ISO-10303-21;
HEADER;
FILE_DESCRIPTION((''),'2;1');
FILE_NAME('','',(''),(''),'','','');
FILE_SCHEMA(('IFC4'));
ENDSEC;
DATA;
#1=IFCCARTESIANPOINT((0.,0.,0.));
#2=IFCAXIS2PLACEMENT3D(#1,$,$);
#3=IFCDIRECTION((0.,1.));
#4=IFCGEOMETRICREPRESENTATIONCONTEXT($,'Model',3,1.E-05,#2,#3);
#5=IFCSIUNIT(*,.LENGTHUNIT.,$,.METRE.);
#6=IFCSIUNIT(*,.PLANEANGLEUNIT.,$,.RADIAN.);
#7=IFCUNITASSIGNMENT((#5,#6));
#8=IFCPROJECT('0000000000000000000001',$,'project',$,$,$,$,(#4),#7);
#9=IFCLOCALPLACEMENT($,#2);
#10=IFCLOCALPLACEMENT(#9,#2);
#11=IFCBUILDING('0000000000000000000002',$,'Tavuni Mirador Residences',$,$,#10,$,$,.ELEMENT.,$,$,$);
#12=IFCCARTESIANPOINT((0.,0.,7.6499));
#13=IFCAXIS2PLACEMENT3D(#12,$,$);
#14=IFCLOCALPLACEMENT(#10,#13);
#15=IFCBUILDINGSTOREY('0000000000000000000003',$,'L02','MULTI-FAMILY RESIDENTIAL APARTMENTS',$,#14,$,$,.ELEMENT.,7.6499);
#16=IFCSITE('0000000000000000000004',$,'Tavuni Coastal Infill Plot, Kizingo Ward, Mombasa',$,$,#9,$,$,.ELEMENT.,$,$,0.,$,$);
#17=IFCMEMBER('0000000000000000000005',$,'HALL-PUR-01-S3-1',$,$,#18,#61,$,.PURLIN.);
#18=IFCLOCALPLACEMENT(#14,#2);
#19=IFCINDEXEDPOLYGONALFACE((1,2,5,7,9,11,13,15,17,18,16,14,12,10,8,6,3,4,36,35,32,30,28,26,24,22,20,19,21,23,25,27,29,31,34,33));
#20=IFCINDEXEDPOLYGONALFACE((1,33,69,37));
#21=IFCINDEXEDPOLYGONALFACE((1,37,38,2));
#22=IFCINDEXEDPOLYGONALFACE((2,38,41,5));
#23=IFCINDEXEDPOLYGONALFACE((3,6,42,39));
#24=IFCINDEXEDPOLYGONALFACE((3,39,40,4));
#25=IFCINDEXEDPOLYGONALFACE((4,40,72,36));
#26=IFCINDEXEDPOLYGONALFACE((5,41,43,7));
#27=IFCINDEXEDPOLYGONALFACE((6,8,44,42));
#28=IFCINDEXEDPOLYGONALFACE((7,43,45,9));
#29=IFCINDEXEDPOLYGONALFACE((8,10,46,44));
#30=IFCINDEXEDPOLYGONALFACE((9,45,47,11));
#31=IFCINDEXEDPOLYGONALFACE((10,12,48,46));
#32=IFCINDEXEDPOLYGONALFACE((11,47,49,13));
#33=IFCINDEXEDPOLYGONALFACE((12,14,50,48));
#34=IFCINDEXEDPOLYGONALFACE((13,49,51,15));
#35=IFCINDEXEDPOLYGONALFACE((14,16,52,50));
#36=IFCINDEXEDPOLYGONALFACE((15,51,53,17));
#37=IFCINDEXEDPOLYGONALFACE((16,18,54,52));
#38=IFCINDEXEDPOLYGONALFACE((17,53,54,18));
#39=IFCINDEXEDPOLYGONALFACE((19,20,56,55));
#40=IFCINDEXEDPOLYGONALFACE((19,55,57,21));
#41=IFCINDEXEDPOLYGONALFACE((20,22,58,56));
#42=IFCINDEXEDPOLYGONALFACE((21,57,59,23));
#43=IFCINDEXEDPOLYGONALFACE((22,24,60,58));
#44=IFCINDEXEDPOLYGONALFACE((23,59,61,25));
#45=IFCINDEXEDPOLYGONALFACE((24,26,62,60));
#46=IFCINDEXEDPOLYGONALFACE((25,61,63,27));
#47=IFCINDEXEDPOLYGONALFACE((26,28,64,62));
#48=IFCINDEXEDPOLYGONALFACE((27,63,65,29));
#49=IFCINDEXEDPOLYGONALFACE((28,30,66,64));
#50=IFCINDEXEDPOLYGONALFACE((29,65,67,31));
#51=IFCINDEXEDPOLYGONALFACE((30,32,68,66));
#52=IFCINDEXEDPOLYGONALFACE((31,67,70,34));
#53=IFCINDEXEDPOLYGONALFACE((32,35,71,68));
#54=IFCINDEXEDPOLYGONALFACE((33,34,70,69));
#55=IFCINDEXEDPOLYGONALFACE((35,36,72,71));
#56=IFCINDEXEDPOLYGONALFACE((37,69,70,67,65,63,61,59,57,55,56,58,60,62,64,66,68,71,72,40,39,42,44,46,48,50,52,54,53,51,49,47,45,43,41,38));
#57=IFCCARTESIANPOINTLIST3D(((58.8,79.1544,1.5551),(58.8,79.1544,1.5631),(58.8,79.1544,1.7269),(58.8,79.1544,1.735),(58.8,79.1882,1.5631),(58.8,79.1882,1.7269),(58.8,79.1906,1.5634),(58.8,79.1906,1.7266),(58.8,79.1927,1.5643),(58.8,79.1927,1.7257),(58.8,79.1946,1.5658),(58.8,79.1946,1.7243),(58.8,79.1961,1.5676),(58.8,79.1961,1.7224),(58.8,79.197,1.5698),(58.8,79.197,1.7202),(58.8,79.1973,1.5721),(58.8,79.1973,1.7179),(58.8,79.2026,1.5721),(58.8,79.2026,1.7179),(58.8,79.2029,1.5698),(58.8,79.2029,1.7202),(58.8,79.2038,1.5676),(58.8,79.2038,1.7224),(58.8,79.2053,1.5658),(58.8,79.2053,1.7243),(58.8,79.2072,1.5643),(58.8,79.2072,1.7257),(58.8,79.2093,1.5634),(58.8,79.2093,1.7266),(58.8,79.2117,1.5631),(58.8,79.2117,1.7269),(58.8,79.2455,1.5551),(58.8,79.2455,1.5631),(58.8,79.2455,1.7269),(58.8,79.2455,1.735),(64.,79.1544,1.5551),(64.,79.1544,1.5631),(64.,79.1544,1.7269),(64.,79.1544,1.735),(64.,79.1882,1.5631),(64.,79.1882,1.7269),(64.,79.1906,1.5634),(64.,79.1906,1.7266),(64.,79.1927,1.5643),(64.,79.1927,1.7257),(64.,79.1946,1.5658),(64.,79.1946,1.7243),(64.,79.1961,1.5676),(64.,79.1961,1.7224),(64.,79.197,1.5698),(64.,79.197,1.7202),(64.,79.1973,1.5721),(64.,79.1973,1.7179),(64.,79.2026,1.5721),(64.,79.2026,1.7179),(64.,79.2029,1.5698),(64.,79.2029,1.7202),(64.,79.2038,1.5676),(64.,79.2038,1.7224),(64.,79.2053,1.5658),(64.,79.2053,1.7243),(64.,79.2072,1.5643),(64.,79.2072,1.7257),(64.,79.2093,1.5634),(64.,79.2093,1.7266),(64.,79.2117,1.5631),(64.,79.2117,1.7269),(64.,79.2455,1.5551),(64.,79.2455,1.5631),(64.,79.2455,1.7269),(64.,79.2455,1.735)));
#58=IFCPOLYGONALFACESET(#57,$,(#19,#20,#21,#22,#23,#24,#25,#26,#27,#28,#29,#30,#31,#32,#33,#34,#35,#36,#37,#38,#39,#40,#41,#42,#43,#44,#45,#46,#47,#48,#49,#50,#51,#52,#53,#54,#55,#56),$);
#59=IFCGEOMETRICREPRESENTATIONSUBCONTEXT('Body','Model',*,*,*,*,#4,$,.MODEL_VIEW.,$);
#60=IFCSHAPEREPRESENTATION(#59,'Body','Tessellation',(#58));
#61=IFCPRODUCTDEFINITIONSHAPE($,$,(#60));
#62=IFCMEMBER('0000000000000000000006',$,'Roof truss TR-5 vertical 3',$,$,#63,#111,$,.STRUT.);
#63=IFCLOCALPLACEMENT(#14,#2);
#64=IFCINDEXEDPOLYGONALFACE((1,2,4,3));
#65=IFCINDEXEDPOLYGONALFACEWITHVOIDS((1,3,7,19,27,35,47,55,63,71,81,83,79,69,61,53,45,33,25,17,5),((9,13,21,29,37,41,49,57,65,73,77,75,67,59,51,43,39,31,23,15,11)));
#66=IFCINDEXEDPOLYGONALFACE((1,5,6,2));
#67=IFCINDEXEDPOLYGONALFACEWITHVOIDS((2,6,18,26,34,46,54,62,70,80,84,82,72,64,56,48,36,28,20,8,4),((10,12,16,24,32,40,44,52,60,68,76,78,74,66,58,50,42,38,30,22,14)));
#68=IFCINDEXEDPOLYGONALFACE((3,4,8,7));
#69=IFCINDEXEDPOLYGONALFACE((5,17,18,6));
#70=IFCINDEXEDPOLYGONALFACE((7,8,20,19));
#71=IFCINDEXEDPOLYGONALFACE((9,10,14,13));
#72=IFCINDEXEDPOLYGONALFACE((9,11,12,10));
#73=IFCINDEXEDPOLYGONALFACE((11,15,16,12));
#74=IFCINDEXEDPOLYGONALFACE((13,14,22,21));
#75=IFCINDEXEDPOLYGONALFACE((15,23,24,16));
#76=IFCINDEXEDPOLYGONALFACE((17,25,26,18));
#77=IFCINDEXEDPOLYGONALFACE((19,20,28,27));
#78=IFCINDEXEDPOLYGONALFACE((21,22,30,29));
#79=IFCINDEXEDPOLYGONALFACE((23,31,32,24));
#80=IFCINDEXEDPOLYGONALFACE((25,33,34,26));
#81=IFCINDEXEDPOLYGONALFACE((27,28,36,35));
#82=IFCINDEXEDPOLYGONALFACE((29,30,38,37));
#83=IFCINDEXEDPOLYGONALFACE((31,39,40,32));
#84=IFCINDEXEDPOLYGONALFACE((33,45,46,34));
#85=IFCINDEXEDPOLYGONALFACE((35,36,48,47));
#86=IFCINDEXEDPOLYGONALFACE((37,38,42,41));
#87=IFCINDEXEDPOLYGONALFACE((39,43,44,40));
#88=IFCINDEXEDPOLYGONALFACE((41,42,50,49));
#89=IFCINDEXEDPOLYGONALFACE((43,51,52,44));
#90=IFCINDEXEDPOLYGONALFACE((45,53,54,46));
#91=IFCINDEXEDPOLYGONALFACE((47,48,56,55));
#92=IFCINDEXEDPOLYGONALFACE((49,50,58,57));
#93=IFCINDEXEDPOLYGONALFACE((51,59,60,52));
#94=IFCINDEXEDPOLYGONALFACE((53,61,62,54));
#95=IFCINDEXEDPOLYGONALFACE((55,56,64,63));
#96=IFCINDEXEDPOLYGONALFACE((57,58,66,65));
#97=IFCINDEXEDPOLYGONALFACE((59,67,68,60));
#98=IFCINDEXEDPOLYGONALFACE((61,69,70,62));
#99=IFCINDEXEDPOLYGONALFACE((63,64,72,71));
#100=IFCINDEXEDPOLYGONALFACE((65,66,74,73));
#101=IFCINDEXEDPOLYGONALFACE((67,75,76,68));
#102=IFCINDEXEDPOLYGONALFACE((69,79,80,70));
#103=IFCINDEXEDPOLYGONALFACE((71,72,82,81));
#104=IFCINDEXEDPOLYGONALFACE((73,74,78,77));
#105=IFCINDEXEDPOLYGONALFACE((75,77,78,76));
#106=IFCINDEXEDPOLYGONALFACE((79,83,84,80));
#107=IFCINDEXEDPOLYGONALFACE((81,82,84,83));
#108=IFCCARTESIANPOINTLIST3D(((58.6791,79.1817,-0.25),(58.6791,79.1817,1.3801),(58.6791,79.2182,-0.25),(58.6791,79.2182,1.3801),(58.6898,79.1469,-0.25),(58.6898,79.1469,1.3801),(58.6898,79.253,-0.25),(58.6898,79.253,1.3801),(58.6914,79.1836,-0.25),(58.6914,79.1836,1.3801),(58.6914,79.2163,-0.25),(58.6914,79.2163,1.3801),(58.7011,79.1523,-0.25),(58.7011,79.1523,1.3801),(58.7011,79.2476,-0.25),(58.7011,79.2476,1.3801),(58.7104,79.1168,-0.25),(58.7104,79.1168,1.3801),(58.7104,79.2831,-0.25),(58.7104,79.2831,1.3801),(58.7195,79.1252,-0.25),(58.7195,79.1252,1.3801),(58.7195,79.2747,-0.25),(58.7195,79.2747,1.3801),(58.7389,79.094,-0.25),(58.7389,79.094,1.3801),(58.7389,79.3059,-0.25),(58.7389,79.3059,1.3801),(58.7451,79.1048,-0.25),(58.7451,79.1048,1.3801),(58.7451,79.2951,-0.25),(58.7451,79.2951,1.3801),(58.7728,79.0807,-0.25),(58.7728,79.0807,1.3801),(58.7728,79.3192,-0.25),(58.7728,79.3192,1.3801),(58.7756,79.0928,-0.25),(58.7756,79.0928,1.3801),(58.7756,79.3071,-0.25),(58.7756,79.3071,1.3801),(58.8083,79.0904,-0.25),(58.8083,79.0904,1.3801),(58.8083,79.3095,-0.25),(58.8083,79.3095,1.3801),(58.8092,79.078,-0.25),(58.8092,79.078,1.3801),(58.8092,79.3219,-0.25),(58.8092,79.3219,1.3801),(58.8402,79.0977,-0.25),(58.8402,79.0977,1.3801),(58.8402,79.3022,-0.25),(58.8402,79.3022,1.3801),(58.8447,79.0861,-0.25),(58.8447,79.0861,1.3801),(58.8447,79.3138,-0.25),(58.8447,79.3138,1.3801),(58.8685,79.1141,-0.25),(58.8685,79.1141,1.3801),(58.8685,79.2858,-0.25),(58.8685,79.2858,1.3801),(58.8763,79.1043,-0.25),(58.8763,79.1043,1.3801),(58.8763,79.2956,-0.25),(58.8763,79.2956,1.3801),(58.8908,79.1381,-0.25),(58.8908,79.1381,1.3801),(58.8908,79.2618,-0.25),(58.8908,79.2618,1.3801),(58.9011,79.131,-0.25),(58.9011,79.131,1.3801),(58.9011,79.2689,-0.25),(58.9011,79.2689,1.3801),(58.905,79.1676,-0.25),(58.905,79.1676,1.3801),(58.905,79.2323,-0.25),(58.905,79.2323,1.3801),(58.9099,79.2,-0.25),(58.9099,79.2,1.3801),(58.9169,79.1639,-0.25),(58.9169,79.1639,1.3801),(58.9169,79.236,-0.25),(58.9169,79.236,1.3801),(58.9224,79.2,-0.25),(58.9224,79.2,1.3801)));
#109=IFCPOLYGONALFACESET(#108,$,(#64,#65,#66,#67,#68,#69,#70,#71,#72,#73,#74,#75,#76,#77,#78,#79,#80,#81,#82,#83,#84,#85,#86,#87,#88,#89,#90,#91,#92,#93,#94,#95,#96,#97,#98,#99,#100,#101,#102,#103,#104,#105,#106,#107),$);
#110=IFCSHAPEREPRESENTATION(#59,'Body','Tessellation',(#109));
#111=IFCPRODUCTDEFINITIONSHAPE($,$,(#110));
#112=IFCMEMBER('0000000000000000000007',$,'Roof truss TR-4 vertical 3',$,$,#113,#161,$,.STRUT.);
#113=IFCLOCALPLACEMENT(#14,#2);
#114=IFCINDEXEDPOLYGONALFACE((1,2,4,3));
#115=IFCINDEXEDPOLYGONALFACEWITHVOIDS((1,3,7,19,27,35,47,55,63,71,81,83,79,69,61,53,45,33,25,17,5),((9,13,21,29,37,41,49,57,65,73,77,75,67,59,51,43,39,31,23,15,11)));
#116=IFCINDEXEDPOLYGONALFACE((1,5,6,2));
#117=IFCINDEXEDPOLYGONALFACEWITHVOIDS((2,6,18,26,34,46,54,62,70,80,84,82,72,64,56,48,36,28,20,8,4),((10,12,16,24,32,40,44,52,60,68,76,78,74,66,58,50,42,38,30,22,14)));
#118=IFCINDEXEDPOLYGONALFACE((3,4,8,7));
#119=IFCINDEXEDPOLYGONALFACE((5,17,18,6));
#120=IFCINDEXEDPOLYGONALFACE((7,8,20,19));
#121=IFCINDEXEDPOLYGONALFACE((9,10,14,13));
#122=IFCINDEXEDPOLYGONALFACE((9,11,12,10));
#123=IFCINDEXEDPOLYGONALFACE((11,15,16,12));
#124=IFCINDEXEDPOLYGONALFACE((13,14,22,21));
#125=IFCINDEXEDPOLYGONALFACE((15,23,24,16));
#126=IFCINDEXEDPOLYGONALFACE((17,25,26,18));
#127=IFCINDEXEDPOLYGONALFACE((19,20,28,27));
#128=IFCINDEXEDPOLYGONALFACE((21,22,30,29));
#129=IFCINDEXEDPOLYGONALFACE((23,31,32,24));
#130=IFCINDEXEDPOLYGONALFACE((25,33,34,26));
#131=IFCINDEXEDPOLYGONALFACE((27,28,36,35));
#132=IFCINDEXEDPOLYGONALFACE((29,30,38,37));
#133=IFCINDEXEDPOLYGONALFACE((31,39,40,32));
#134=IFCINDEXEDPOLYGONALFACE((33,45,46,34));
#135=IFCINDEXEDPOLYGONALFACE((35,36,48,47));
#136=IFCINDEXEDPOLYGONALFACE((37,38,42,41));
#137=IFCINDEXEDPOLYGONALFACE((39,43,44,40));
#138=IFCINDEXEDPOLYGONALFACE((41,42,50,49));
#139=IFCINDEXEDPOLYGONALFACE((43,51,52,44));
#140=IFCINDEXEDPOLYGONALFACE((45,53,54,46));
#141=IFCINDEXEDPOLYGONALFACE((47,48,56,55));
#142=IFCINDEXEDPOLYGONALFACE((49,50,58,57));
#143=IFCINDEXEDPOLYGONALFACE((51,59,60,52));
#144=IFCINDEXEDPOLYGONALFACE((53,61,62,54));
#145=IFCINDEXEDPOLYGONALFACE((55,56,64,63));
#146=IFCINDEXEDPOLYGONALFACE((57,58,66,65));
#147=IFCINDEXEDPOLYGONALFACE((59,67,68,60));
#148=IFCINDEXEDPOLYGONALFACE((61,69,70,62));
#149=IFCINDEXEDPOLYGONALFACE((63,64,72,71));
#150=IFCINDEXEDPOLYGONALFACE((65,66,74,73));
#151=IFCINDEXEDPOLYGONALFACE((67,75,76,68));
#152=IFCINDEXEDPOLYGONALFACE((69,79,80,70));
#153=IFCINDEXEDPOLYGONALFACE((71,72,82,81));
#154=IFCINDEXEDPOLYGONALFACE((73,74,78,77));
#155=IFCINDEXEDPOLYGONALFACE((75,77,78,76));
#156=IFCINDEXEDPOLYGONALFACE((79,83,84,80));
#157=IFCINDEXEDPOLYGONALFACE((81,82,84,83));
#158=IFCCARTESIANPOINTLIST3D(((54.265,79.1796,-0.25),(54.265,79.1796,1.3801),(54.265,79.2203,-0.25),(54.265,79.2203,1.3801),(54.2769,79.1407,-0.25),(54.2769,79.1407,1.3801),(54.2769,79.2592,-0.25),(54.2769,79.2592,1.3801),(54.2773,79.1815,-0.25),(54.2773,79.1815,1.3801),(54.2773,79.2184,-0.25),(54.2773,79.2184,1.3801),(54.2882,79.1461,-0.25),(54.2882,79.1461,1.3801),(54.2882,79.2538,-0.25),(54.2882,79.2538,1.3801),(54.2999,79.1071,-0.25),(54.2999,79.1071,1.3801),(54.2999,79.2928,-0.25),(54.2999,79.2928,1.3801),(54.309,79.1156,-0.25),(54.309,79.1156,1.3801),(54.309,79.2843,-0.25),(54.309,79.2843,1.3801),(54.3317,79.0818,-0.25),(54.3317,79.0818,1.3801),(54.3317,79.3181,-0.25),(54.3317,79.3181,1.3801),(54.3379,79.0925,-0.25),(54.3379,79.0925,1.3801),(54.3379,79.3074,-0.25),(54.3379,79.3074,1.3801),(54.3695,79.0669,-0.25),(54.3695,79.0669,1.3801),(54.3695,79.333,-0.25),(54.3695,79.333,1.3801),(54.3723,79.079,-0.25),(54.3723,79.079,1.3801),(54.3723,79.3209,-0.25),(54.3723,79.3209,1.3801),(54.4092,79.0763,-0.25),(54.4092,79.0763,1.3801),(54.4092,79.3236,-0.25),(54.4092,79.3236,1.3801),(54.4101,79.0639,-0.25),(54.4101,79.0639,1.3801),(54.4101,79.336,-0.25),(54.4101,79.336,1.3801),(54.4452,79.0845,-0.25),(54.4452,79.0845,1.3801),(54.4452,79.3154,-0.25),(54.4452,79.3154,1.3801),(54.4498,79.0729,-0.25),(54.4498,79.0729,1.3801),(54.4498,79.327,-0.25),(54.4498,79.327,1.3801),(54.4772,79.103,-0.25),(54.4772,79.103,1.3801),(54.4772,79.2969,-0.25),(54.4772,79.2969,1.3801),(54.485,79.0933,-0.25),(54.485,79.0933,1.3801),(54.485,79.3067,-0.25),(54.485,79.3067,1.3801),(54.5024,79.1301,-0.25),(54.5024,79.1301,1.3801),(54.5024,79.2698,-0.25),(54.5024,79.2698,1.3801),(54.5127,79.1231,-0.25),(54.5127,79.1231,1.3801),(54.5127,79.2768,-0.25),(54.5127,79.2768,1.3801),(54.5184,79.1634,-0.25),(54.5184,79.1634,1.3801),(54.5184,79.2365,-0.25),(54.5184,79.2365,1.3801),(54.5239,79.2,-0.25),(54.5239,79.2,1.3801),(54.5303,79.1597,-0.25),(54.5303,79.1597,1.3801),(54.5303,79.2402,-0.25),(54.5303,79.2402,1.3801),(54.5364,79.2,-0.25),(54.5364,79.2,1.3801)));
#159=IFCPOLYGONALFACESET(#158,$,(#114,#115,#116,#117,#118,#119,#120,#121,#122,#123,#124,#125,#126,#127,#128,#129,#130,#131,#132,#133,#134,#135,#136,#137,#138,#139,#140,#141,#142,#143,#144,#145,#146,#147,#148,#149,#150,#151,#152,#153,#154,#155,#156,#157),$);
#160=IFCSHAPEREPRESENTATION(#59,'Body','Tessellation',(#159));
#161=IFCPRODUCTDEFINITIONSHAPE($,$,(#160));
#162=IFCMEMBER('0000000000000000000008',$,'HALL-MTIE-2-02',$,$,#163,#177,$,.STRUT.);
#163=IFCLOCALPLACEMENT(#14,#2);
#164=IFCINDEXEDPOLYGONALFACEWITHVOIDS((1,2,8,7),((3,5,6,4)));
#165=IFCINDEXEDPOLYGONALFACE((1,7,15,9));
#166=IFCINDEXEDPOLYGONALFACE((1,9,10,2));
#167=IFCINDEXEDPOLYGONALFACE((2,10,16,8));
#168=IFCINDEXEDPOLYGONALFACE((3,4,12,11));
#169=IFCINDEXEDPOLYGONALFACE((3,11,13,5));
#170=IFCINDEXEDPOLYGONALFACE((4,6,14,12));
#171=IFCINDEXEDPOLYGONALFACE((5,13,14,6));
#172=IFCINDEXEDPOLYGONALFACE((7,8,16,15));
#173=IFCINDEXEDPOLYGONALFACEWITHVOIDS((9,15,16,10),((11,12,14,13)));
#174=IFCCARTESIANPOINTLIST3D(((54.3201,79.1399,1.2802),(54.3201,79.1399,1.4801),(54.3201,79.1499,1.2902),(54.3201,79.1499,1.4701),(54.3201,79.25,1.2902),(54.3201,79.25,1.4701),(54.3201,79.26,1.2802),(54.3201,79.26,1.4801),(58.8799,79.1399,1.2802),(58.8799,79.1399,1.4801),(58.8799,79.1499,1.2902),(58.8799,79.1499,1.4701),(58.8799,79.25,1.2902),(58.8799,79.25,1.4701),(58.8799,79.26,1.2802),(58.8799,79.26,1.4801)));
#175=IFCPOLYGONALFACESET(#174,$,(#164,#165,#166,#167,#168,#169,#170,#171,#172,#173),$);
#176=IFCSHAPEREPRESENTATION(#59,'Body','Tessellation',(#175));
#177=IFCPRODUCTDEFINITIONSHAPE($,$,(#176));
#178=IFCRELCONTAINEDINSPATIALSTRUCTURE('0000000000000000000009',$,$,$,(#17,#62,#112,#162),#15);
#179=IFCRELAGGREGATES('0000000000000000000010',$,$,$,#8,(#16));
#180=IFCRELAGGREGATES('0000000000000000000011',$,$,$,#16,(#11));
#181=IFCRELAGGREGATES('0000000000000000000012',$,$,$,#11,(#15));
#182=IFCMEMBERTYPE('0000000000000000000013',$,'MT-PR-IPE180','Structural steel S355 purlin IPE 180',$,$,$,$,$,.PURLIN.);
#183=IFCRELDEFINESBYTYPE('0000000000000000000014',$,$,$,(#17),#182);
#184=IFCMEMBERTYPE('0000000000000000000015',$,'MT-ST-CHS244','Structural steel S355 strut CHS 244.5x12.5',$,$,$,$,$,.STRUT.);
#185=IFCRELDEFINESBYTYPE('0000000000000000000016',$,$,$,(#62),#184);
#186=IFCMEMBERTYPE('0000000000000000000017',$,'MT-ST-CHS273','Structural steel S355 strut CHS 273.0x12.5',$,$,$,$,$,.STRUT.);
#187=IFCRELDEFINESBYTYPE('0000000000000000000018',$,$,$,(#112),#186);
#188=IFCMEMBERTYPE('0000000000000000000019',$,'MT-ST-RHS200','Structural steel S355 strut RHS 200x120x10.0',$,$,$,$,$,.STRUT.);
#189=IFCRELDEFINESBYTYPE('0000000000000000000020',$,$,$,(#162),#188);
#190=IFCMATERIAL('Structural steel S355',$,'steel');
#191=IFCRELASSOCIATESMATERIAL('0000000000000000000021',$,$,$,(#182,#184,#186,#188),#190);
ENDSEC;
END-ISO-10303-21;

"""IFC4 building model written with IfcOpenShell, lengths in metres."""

from ifc_helpers import new_model, si_unit, direction, frame, origin, origin_2d, place, context, subcontext, project, spatial, hollow_rectangle, hollow_circle, i_section, extrude, material, material_profile, profile_set, type_object, element, save


model = new_model("IFC4")

# Units and contexts
model_context = context("Model", 3, precision=1e-05, world=origin(), true_north=direction((0.0, 1.0)))
body_context = subcontext(model_context, "Body", "Model", "MODEL_VIEW")
ifc_project = project(units=[si_unit("LENGTHUNIT", "METRE"), si_unit("PLANEANGLEUNIT", "RADIAN")], contexts=[model_context])

# Site, building, storey
site_placement = place(None, origin())
site = spatial("IfcSite", under=ifc_project, at=site_placement, Name="Tavuni Coastal Infill Plot, Kizingo Ward, Mombasa", CompositionType="ELEMENT", RefElevation=0.0)
building_placement = place(site_placement, origin())
building = spatial("IfcBuilding", under=site, at=building_placement, Name="Tavuni Mirador Residences", CompositionType="ELEMENT")
storey_placement = place(building_placement, frame((0.0, 0.0, 7.6499)))
storey = spatial("IfcBuildingStorey", under=building, at=storey_placement, Name="L02", Description="MULTI-FAMILY RESIDENTIAL APARTMENTS", CompositionType="ELEMENT", Elevation=7.6499)

# Members
ifc_material_1 = material(Name="Structural steel S355", Category="steel")
ifc_material_profile_1 = material_profile(ifc_material_1, i_section(OverallWidth=0.0911, OverallDepth=0.1799, WebThickness=0.0054, FlangeThickness=0.0081, FilletRadius=0.009, at=origin_2d()), Name="IPE 180", Category="steel")
ifc_profile_set_1 = profile_set([ifc_material_profile_1], Name="Structural steel S355")
member_type_1 = type_object("IfcMemberType", Name="MT-PR-IPE180", Description="Structural steel S355 purlin IPE 180", PredefinedType="PURLIN", material=ifc_profile_set_1)
member_1_placement = place(storey_placement, frame((58.8, 79.2, 1.645), z_axis=(1.0, 0.0, 0.0), x_axis=(0.0, 1.0, 0.0)))
element("IfcMember", 1, at=member_1_placement, inside=storey, type_object=member_type_1, Name="HALL-PUR-01-S3-1", PredefinedType="PURLIN", context=body_context, shape_type="SweptSolid", body=[
    extrude(i_section(OverallWidth=0.0911, OverallDepth=0.1799, WebThickness=0.0054, FlangeThickness=0.0081, FilletRadius=0.009, at=origin_2d()), origin(), (0.0, 0.0, 1.0), 5.2),
])
ifc_material_profile_2 = material_profile(ifc_material_1, hollow_circle(Radius=0.1223, WallThickness=0.0125, at=origin_2d()), Name="CHS 244.5x12.5", Category="steel")
ifc_profile_set_2 = profile_set([ifc_material_profile_2], Name="Structural steel S355")
member_type_2 = type_object("IfcMemberType", Name="MT-ST-CHS244", Description="Structural steel S355 strut CHS 244.5x12.5", PredefinedType="STRUT", material=ifc_profile_set_2)
member_2_placement = place(storey_placement, frame((58.8, 79.2, -0.25), z_axis=(0.0, 0.0, 1.0), x_axis=(1.0, 0.0, 0.0)))
element("IfcMember", 2, at=member_2_placement, inside=storey, type_object=member_type_2, Name="Roof truss TR-5 vertical 3", PredefinedType="STRUT", context=body_context, shape_type="SweptSolid", body=[
    extrude(hollow_circle(Radius=0.1223, WallThickness=0.0125, at=origin_2d()), origin(), (0.0, 0.0, 1.0), 1.6301),
])
ifc_material_profile_3 = material_profile(ifc_material_1, hollow_circle(Radius=0.1365, WallThickness=0.0125, at=origin_2d()), Name="CHS 273.0x12.5", Category="steel")
ifc_profile_set_3 = profile_set([ifc_material_profile_3], Name="Structural steel S355")
member_type_3 = type_object("IfcMemberType", Name="MT-ST-CHS273", Description="Structural steel S355 strut CHS 273.0x12.5", PredefinedType="STRUT", material=ifc_profile_set_3)
member_3_placement = place(storey_placement, frame((54.3999, 79.2, -0.25), z_axis=(0.0, 0.0, 1.0), x_axis=(1.0, 0.0, 0.0)))
element("IfcMember", 3, at=member_3_placement, inside=storey, type_object=member_type_3, Name="Roof truss TR-4 vertical 3", PredefinedType="STRUT", context=body_context, shape_type="SweptSolid", body=[
    extrude(hollow_circle(Radius=0.1365, WallThickness=0.0125, at=origin_2d()), origin(), (0.0, 0.0, 1.0), 1.6301),
])
ifc_material_profile_4 = material_profile(ifc_material_1, hollow_rectangle(XDim=0.1201, YDim=0.2, WallThickness=0.01, at=origin_2d()), Name="RHS 200x120x10.0", Category="steel")
ifc_profile_set_4 = profile_set([ifc_material_profile_4], Name="Structural steel S355")
member_type_4 = type_object("IfcMemberType", Name="MT-ST-RHS200", Description="Structural steel S355 strut RHS 200x120x10.0", PredefinedType="STRUT", material=ifc_profile_set_4)
member_4_placement = place(storey_placement, frame((54.3201, 79.2, 1.3801), z_axis=(1.0, 0.0, 0.0), x_axis=(0.0, 1.0, 0.0)))
element("IfcMember", 4, at=member_4_placement, inside=storey, type_object=member_type_4, Name="HALL-MTIE-2-02", PredefinedType="STRUT", context=body_context, shape_type="SweptSolid", body=[
    extrude(hollow_rectangle(XDim=0.1201, YDim=0.2, WallThickness=0.01, at=origin_2d()), origin(), (0.0, 0.0, 1.0), 4.5598),
])

save(model, "model.ifc")
